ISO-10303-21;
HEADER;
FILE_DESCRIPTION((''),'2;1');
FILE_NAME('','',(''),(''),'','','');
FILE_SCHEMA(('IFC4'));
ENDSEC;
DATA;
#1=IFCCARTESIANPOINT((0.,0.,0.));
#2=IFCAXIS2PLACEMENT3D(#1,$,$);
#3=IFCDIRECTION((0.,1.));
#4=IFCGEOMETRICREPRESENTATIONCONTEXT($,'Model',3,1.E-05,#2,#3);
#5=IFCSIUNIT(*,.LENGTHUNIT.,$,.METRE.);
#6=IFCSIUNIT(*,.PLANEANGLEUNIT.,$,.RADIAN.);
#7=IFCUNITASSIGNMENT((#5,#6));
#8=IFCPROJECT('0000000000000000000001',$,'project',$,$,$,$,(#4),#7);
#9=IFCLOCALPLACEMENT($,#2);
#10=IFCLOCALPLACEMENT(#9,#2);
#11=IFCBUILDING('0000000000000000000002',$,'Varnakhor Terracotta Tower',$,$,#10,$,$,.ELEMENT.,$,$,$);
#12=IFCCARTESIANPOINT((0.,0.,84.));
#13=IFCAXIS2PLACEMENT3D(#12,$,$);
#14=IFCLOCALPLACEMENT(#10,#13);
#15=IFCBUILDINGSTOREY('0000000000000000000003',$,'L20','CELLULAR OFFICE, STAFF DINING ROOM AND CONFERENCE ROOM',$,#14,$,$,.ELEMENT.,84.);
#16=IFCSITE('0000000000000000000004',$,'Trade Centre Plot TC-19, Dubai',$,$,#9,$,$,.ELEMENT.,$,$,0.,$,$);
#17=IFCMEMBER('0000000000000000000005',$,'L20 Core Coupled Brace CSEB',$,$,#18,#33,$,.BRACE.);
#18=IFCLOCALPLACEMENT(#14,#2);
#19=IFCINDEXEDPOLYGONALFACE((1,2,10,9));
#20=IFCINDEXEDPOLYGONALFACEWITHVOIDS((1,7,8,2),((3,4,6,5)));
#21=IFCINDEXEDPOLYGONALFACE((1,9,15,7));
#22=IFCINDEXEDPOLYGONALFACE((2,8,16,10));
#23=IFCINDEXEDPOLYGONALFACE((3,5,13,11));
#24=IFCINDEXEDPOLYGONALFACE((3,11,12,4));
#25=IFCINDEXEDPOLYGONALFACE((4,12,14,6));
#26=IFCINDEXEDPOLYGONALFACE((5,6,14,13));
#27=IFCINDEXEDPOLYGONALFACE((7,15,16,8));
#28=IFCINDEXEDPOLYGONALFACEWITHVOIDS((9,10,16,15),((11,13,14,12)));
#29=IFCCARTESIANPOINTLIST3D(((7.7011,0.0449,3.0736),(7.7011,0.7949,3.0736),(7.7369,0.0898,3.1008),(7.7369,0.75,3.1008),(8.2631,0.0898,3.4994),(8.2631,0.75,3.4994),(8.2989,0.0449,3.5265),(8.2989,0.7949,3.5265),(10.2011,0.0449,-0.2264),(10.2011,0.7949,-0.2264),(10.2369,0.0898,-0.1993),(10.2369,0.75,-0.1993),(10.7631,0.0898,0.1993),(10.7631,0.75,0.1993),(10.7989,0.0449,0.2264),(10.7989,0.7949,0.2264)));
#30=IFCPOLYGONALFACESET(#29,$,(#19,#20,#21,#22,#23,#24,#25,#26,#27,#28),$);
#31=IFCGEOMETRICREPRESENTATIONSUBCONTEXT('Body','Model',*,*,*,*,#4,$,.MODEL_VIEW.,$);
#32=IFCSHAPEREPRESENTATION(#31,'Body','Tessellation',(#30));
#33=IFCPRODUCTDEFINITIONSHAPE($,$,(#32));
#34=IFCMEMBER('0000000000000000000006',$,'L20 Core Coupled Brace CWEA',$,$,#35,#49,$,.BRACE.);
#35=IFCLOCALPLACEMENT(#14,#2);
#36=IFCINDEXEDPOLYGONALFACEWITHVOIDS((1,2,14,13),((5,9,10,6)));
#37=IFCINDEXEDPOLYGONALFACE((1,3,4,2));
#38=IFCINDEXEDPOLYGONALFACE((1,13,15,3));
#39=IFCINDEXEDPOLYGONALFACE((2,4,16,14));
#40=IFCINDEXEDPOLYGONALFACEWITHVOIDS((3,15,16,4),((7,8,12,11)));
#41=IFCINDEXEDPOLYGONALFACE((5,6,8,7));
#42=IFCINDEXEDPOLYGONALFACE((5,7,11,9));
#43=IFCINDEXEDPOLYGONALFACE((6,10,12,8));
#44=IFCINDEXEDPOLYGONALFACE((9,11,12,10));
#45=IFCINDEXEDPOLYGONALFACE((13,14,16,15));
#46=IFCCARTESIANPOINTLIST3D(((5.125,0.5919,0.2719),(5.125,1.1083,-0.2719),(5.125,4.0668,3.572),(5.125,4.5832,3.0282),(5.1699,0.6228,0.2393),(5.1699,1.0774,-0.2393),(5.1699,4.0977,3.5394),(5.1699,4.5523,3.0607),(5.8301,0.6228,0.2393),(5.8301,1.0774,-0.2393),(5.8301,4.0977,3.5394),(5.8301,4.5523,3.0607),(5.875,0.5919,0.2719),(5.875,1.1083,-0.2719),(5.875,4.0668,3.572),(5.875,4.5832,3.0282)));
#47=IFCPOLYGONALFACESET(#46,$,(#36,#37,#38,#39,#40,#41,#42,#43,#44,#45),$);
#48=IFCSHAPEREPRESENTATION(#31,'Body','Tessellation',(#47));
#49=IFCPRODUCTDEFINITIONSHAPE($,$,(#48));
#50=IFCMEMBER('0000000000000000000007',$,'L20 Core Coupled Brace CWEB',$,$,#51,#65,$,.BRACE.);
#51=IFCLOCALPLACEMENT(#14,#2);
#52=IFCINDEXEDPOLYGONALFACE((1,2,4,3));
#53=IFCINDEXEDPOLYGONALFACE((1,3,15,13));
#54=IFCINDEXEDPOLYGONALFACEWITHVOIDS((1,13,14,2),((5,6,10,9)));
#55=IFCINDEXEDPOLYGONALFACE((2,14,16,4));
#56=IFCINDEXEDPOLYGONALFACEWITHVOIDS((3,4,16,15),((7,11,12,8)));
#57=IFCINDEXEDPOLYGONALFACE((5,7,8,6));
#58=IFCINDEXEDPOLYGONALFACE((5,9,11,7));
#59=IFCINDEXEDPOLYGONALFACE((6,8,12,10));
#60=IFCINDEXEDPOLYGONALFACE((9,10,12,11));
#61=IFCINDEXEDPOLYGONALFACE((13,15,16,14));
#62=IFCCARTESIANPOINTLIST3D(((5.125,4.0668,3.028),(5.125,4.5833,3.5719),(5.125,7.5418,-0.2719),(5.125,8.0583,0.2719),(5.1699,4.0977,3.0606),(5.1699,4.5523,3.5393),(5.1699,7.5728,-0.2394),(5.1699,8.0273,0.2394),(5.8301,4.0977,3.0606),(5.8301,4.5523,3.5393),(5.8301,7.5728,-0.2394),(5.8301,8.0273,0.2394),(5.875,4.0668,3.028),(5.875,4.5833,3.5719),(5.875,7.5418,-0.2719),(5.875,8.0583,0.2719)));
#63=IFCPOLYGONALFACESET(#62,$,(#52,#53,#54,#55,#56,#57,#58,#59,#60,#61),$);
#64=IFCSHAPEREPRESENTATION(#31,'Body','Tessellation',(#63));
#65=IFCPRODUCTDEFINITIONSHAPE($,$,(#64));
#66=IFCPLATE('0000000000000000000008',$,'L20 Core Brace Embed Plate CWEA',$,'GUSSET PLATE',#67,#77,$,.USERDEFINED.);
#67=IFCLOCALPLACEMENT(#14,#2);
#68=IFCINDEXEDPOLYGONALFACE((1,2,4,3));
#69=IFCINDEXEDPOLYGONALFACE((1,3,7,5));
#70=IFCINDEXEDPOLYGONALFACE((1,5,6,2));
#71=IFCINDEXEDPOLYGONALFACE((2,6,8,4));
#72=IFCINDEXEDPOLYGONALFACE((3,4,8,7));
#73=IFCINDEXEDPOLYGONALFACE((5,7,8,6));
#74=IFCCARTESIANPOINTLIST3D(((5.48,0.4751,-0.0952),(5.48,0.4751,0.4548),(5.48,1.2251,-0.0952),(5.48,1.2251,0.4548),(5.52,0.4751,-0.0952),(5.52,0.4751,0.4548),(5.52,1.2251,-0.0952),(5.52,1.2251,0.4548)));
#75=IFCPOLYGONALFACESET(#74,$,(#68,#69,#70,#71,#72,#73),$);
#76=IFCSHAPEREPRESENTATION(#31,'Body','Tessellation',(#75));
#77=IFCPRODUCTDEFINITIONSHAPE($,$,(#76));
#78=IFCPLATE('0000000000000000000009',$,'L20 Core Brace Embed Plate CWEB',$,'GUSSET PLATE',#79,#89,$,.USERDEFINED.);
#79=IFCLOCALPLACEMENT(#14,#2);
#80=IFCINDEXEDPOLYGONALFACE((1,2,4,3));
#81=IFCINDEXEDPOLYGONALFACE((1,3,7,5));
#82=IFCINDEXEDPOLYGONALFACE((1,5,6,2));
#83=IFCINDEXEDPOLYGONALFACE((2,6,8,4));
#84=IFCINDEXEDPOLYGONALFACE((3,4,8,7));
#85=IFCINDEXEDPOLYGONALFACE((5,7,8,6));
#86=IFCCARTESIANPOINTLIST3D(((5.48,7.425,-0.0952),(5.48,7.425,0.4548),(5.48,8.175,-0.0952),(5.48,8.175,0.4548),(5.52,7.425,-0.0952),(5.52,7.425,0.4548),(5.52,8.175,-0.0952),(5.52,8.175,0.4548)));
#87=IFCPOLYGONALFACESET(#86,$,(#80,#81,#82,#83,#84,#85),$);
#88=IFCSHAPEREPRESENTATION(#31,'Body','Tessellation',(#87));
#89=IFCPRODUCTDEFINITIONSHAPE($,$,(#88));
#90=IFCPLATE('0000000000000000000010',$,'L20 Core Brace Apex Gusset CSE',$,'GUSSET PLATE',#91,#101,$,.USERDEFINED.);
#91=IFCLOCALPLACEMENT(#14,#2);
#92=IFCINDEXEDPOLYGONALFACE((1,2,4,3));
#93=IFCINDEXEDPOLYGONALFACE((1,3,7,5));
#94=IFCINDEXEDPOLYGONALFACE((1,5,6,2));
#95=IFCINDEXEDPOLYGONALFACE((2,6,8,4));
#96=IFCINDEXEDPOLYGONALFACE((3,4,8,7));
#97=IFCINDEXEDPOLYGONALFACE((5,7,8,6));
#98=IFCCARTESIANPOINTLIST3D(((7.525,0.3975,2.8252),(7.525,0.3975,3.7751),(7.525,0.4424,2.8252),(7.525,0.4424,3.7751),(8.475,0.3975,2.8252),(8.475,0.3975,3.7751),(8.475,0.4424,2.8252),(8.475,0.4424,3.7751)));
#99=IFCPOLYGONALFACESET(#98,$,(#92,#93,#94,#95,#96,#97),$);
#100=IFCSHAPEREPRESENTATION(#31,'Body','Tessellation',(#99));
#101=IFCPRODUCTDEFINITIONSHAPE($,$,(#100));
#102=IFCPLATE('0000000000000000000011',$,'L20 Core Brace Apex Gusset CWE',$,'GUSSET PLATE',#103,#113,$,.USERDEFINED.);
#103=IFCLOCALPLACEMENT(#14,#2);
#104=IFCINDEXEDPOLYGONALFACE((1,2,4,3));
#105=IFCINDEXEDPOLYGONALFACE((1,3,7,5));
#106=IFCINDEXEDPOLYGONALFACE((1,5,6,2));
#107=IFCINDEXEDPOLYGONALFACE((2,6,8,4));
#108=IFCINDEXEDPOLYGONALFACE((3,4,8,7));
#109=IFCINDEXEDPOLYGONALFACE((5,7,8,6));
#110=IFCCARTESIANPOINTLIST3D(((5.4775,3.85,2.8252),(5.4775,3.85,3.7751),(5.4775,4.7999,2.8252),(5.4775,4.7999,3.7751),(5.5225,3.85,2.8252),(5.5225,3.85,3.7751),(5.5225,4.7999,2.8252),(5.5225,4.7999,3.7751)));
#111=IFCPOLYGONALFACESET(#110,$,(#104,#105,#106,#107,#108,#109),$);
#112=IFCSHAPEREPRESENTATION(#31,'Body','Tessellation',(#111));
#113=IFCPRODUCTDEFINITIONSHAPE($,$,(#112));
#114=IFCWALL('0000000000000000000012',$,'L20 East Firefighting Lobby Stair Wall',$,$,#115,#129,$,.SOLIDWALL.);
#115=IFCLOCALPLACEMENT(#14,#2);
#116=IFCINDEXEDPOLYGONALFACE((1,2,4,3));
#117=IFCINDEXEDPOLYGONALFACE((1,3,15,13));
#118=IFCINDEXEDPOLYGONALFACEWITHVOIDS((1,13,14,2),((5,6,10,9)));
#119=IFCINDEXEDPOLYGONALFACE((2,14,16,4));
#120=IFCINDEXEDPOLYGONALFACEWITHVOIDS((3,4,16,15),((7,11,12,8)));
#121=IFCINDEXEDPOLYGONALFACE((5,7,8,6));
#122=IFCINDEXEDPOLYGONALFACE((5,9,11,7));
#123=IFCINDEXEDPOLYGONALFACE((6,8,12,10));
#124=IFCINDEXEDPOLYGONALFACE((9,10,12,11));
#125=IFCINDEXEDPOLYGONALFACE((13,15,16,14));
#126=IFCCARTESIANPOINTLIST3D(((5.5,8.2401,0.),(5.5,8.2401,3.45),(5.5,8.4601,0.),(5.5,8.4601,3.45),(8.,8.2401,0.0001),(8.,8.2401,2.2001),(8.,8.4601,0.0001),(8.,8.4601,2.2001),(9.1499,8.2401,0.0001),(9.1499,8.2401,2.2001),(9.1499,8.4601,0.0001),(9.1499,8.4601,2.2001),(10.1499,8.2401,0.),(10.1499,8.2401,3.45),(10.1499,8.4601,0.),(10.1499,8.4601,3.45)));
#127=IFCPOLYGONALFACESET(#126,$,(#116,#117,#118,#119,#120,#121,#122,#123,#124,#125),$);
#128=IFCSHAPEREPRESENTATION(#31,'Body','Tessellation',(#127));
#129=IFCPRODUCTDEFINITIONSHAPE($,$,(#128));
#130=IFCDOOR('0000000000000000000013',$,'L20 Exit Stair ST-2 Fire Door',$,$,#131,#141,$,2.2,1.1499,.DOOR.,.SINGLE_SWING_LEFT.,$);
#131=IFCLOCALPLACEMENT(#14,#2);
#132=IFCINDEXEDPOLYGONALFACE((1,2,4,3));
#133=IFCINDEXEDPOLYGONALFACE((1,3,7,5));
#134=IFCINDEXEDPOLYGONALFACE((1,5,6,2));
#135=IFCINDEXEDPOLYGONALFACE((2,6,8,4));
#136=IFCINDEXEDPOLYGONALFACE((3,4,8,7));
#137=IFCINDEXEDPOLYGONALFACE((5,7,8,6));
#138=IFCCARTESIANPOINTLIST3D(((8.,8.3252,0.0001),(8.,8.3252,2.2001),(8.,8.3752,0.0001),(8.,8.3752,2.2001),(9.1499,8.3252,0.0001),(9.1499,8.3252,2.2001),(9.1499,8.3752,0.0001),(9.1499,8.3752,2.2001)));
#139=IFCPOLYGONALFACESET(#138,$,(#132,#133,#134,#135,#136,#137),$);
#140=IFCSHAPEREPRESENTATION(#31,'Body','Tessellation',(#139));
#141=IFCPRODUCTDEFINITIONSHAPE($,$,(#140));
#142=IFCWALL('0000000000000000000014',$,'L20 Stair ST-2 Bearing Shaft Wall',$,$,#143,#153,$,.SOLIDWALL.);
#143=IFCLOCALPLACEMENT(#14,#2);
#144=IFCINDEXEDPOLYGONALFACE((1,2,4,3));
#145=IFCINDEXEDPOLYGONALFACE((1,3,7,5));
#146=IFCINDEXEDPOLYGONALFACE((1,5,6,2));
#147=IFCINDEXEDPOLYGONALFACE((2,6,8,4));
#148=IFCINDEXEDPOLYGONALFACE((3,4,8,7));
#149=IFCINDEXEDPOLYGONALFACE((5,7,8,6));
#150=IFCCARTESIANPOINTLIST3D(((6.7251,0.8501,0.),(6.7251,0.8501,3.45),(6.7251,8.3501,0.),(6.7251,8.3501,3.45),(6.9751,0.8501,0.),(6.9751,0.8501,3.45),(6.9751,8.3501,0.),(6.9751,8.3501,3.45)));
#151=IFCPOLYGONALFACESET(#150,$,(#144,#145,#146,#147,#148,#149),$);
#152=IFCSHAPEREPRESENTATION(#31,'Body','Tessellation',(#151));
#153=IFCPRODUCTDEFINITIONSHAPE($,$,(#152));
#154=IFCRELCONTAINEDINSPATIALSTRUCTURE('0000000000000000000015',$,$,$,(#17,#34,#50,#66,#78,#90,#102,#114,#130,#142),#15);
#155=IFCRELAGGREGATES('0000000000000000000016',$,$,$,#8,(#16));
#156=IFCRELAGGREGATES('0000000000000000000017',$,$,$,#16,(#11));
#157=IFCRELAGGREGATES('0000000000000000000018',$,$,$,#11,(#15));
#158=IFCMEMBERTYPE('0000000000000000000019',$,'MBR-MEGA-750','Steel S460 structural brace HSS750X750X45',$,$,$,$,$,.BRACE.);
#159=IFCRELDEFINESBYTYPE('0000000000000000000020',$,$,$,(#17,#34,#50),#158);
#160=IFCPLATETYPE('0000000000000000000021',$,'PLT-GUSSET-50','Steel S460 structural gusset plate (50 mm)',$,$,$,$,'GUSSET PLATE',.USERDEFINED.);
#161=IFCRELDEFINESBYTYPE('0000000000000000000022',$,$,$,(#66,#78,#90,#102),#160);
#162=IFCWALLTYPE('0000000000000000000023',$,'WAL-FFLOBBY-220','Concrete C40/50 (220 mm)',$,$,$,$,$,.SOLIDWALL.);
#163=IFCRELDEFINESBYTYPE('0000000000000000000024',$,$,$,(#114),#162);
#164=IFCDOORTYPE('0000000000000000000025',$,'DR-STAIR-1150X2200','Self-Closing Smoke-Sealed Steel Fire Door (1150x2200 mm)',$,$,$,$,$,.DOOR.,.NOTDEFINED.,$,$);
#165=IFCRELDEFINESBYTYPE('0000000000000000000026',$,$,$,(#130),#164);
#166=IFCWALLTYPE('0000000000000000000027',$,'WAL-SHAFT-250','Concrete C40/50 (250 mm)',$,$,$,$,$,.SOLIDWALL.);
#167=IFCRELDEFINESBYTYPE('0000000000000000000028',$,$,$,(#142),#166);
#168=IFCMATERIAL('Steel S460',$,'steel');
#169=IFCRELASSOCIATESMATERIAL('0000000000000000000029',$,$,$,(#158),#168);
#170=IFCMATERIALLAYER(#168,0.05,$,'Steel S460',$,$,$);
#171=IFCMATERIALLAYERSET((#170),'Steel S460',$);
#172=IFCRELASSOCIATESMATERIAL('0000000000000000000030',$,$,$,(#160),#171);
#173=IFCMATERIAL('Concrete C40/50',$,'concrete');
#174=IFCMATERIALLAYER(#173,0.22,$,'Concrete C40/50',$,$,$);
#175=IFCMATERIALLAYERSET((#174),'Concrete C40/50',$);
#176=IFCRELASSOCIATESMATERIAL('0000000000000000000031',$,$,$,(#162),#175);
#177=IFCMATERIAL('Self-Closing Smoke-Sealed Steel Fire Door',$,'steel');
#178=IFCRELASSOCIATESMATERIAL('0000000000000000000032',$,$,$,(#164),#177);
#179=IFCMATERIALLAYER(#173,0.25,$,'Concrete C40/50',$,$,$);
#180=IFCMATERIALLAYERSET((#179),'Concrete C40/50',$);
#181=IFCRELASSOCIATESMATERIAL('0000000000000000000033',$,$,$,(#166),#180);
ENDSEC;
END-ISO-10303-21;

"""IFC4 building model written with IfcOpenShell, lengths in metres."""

from ifc_helpers import new_model, si_unit, direction, frame, frame_2d, origin, origin_2d, place, context, subcontext, project, spatial, rectangle, hollow_rectangle, extrude, source, transform, mapped, material, layer, layer_set, material_profile, profile_set, type_object, type_shapes, element, fill, save


model = new_model("IFC4")

# Units and contexts
model_context = context("Model", 3, precision=1e-05, world=origin(), true_north=direction((0.0, 1.0)))
body_context = subcontext(model_context, "Body", "Model", "MODEL_VIEW")
ifc_project = project(units=[si_unit("LENGTHUNIT", "METRE"), si_unit("PLANEANGLEUNIT", "RADIAN")], contexts=[model_context])

# Site, building, storey
site_placement = place(None, origin())
site = spatial("IfcSite", under=ifc_project, at=site_placement, Name="Trade Centre Plot TC-19, Dubai", CompositionType="ELEMENT", RefElevation=0.0)
building_placement = place(site_placement, origin())
building = spatial("IfcBuilding", under=site, at=building_placement, Name="Varnakhor Terracotta Tower", CompositionType="ELEMENT")
storey_placement = place(building_placement, frame((0.0, 0.0, 84.0)))
storey = spatial("IfcBuildingStorey", under=building, at=storey_placement, Name="L20", Description="CELLULAR OFFICE, STAFF DINING ROOM AND CONFERENCE ROOM", CompositionType="ELEMENT", Elevation=84.0)

# Members
ifc_material_1 = material(Name="Steel S460", Category="steel")
ifc_material_profile = material_profile(ifc_material_1, hollow_rectangle(XDim=0.75, YDim=0.75, WallThickness=0.0449, at=origin_2d()), Name="HSS750X750X45")
ifc_profile_set = profile_set([ifc_material_profile], Name="Steel S460")
member_type = type_object("IfcMemberType", Name="MBR-MEGA-750", Description="Steel S460 structural brace HSS750X750X45", PredefinedType="BRACE", material=ifc_profile_set)
shared_shape_1 = source(origin(), body_context, "Body", "SweptSolid", [
    extrude(hollow_rectangle(XDim=0.75, YDim=0.75, WallThickness=0.0449, at=origin_2d()), origin(), (0.0, 0.0, 1.0), 4.1401),
])
type_shapes(member_type, [shared_shape_1])
member_placement = place(storey_placement, frame((10.5, 0.4199, 0.0), z_axis=(-0.603852, 0.0, 0.797096), x_axis=(0.0, -1.0, 0.0)))
element("IfcMember", 1, at=member_placement, inside=storey, type_object=member_type, Name="L20 Core Coupled Brace CSEB", PredefinedType="BRACE", context=body_context, shape_type="MappedRepresentation", body=[
    mapped(shared_shape_1, transform((0.0, 0.0, 0.0), scale=1.0)),
])
shared_shape_2 = source(origin(), body_context, "Body", "SweptSolid", [
    extrude(hollow_rectangle(XDim=0.75, YDim=0.75, WallThickness=0.0449, at=origin_2d()), origin(), (0.0, 0.0, 1.0), 4.7922),
])
for number, where, z_axis, x_axis, name in (
    (2, (5.5, 0.8501, 0.0), (0.0, 0.72511, 0.688633), (-1.0, 0.0, 0.0), "L20 Core Coupled Brace CWEA"),
    (3, (5.5, 7.8, 0.0), (0.0, -0.725134, 0.688608), (1.0, 0.0, 0.0), "L20 Core Coupled Brace CWEB"),
):
    element("IfcMember", number, at=place(storey_placement, frame(where, z_axis=z_axis, x_axis=x_axis)), inside=storey, type_object=member_type, Name=name, PredefinedType="BRACE", context=body_context, shape_type="MappedRepresentation", body=[
        mapped(shared_shape_2, transform((0.0, 0.0, 0.0), scale=1.0)),
    ])

# Plates
ifc_layer_1 = layer(ifc_material_1, 0.05, Name="Steel S460")
ifc_layer_set_1 = layer_set([ifc_layer_1], Name="Steel S460")
plate_type = type_object("IfcPlateType", Name="PLT-GUSSET-50", Description="Steel S460 structural gusset plate (50 mm)", ElementType="GUSSET PLATE", PredefinedType="USERDEFINED", material=ifc_layer_set_1)
shared_shape_3 = source(origin(), body_context, "Body", "SweptSolid", [
    extrude(rectangle(XDim=0.75, YDim=0.04, at=origin_2d()), origin(), (0.0, 0.0, 1.0), 0.55),
])
type_shapes(plate_type, [shared_shape_3])
for number, where, z_axis, x_axis, name in (
    (4, (5.5, 0.8501, -0.0952), (0.0, 0.0, 1.0), (0.0, 1.0, 0.0), "L20 Core Brace Embed Plate CWEA"),
    (5, (5.5, 7.8, -0.0952), (0.0, 0.0, 1.0), (0.0, 1.0, 0.0), "L20 Core Brace Embed Plate CWEB"),
):
    element("IfcPlate", number, at=place(storey_placement, frame(where, z_axis=z_axis, x_axis=x_axis)), inside=storey, type_object=plate_type, Name=name, ObjectType="GUSSET PLATE", PredefinedType="USERDEFINED", context=body_context, shape_type="MappedRepresentation", body=[
        mapped(shared_shape_3, transform((0.0, 0.0, 0.0), scale=1.0)),
    ])
shared_shape_4 = source(origin(), body_context, "Body", "SweptSolid", [
    extrude(rectangle(XDim=0.95, YDim=0.0449, at=origin_2d()), origin(), (0.0, 0.0, 1.0), 0.95),
])
for number, where, z_axis, x_axis, name in (
    (6, (8.0, 0.4199, 2.8252), (0.0, 0.0, 1.0), (1.0, 0.0, 0.0), "L20 Core Brace Apex Gusset CSE"),
    (7, (5.5, 4.325, 2.8252), (0.0, 0.0, 1.0), (0.0, 1.0, 0.0), "L20 Core Brace Apex Gusset CWE"),
):
    element("IfcPlate", number, at=place(storey_placement, frame(where, z_axis=z_axis, x_axis=x_axis)), inside=storey, type_object=plate_type, Name=name, ObjectType="GUSSET PLATE", PredefinedType="USERDEFINED", context=body_context, shape_type="MappedRepresentation", body=[
        mapped(shared_shape_4, transform((0.0, 0.0, 0.0), scale=1.0)),
    ])

# Wall, opening, door
ifc_material_2 = material(Name="Concrete C40/50", Category="concrete")
ifc_layer_2 = layer(ifc_material_2, 0.22, Name="Concrete C40/50")
ifc_layer_set_2 = layer_set([ifc_layer_2], Name="Concrete C40/50")
wall_type_1 = type_object("IfcWallType", Name="WAL-FFLOBBY-220", Description="Concrete C40/50 (220 mm)", PredefinedType="SOLIDWALL", material=ifc_layer_set_2)
wall_1_placement = place(storey_placement, frame((10.1499, 8.3501, 0.0), z_axis=(0.0, 0.0, 1.0), x_axis=(-1.0, 0.0, 0.0)))
wall_1 = element("IfcWall", 8, at=wall_1_placement, inside=storey, type_object=wall_type_1, Name="L20 East Firefighting Lobby Stair Wall", PredefinedType="SOLIDWALL", context=body_context, shape_type="SweptSolid", body=[
    extrude(rectangle(XDim=4.6499, YDim=0.22, at=frame_2d((2.325, 0.0))), origin(), (0.0, 0.0, 1.0), 3.45),
])
opening_placement = place(wall_1_placement, frame((1.0, 0.0, 0.0)))
opening = element("IfcOpeningElement", 9, at=opening_placement, cuts=wall_1, PredefinedType="OPENING", context=body_context, shape_type="SweptSolid", body=[
    extrude(rectangle(XDim=1.1499, YDim=2.2, at=frame_2d((0.575, 1.1001))), frame((0.0, 0.1201, 0.0), z_axis=(0.0, -1.0, 0.0), x_axis=(1.0, 0.0, 0.0)), (0.0, 0.0, 1.0), 0.24),
])
ifc_material_3 = material(Name="Self-Closing Smoke-Sealed Steel Fire Door", Category="steel")
door_type = type_object("IfcDoorType", Name="DR-STAIR-1150X2200", Description="Self-Closing Smoke-Sealed Steel Fire Door (1150x2200 mm)", OperationType="NOTDEFINED", PredefinedType="DOOR", material=ifc_material_3)
shared_shape_5 = source(origin(), body_context, "Body", "SweptSolid", [
    extrude(rectangle(XDim=1.1499, YDim=2.2, at=frame_2d((0.575, 1.1001))), frame((0.0, 0.0249, 0.0), z_axis=(0.0, -1.0, 0.0), x_axis=(1.0, 0.0, 0.0)), (0.0, 0.0, 1.0), 0.05),
])
type_shapes(door_type, [shared_shape_5])
door_placement = place(opening_placement, origin())
door = element("IfcDoor", 10, at=door_placement, inside=storey, type_object=door_type, Name="L20 Exit Stair ST-2 Fire Door", OperationType="SINGLE_SWING_LEFT", OverallHeight=2.2, OverallWidth=1.1499, PredefinedType="DOOR", context=body_context, shape_type="MappedRepresentation", body=[
    mapped(shared_shape_5, transform((0.0, 0.0, 0.0), scale=1.0)),
])
fill(opening, door)

# Wall
ifc_layer_3 = layer(ifc_material_2, 0.25, Name="Concrete C40/50")
ifc_layer_set_3 = layer_set([ifc_layer_3], Name="Concrete C40/50")
wall_type_2 = type_object("IfcWallType", Name="WAL-SHAFT-250", Description="Concrete C40/50 (250 mm)", PredefinedType="SOLIDWALL", material=ifc_layer_set_3)
wall_2_placement = place(storey_placement, frame((6.8501, 0.8501, 0.0), z_axis=(0.0, 0.0, 1.0), x_axis=(0.0, 1.0, 0.0)))
element("IfcWall", 11, at=wall_2_placement, inside=storey, type_object=wall_type_2, Name="L20 Stair ST-2 Bearing Shaft Wall", PredefinedType="SOLIDWALL", context=body_context, shape_type="SweptSolid", body=[
    extrude(rectangle(XDim=7.5, YDim=0.25, at=frame_2d((3.75, 0.0))), origin(), (0.0, 0.0, 1.0), 3.45),
])

save(model, "model.ifc")
